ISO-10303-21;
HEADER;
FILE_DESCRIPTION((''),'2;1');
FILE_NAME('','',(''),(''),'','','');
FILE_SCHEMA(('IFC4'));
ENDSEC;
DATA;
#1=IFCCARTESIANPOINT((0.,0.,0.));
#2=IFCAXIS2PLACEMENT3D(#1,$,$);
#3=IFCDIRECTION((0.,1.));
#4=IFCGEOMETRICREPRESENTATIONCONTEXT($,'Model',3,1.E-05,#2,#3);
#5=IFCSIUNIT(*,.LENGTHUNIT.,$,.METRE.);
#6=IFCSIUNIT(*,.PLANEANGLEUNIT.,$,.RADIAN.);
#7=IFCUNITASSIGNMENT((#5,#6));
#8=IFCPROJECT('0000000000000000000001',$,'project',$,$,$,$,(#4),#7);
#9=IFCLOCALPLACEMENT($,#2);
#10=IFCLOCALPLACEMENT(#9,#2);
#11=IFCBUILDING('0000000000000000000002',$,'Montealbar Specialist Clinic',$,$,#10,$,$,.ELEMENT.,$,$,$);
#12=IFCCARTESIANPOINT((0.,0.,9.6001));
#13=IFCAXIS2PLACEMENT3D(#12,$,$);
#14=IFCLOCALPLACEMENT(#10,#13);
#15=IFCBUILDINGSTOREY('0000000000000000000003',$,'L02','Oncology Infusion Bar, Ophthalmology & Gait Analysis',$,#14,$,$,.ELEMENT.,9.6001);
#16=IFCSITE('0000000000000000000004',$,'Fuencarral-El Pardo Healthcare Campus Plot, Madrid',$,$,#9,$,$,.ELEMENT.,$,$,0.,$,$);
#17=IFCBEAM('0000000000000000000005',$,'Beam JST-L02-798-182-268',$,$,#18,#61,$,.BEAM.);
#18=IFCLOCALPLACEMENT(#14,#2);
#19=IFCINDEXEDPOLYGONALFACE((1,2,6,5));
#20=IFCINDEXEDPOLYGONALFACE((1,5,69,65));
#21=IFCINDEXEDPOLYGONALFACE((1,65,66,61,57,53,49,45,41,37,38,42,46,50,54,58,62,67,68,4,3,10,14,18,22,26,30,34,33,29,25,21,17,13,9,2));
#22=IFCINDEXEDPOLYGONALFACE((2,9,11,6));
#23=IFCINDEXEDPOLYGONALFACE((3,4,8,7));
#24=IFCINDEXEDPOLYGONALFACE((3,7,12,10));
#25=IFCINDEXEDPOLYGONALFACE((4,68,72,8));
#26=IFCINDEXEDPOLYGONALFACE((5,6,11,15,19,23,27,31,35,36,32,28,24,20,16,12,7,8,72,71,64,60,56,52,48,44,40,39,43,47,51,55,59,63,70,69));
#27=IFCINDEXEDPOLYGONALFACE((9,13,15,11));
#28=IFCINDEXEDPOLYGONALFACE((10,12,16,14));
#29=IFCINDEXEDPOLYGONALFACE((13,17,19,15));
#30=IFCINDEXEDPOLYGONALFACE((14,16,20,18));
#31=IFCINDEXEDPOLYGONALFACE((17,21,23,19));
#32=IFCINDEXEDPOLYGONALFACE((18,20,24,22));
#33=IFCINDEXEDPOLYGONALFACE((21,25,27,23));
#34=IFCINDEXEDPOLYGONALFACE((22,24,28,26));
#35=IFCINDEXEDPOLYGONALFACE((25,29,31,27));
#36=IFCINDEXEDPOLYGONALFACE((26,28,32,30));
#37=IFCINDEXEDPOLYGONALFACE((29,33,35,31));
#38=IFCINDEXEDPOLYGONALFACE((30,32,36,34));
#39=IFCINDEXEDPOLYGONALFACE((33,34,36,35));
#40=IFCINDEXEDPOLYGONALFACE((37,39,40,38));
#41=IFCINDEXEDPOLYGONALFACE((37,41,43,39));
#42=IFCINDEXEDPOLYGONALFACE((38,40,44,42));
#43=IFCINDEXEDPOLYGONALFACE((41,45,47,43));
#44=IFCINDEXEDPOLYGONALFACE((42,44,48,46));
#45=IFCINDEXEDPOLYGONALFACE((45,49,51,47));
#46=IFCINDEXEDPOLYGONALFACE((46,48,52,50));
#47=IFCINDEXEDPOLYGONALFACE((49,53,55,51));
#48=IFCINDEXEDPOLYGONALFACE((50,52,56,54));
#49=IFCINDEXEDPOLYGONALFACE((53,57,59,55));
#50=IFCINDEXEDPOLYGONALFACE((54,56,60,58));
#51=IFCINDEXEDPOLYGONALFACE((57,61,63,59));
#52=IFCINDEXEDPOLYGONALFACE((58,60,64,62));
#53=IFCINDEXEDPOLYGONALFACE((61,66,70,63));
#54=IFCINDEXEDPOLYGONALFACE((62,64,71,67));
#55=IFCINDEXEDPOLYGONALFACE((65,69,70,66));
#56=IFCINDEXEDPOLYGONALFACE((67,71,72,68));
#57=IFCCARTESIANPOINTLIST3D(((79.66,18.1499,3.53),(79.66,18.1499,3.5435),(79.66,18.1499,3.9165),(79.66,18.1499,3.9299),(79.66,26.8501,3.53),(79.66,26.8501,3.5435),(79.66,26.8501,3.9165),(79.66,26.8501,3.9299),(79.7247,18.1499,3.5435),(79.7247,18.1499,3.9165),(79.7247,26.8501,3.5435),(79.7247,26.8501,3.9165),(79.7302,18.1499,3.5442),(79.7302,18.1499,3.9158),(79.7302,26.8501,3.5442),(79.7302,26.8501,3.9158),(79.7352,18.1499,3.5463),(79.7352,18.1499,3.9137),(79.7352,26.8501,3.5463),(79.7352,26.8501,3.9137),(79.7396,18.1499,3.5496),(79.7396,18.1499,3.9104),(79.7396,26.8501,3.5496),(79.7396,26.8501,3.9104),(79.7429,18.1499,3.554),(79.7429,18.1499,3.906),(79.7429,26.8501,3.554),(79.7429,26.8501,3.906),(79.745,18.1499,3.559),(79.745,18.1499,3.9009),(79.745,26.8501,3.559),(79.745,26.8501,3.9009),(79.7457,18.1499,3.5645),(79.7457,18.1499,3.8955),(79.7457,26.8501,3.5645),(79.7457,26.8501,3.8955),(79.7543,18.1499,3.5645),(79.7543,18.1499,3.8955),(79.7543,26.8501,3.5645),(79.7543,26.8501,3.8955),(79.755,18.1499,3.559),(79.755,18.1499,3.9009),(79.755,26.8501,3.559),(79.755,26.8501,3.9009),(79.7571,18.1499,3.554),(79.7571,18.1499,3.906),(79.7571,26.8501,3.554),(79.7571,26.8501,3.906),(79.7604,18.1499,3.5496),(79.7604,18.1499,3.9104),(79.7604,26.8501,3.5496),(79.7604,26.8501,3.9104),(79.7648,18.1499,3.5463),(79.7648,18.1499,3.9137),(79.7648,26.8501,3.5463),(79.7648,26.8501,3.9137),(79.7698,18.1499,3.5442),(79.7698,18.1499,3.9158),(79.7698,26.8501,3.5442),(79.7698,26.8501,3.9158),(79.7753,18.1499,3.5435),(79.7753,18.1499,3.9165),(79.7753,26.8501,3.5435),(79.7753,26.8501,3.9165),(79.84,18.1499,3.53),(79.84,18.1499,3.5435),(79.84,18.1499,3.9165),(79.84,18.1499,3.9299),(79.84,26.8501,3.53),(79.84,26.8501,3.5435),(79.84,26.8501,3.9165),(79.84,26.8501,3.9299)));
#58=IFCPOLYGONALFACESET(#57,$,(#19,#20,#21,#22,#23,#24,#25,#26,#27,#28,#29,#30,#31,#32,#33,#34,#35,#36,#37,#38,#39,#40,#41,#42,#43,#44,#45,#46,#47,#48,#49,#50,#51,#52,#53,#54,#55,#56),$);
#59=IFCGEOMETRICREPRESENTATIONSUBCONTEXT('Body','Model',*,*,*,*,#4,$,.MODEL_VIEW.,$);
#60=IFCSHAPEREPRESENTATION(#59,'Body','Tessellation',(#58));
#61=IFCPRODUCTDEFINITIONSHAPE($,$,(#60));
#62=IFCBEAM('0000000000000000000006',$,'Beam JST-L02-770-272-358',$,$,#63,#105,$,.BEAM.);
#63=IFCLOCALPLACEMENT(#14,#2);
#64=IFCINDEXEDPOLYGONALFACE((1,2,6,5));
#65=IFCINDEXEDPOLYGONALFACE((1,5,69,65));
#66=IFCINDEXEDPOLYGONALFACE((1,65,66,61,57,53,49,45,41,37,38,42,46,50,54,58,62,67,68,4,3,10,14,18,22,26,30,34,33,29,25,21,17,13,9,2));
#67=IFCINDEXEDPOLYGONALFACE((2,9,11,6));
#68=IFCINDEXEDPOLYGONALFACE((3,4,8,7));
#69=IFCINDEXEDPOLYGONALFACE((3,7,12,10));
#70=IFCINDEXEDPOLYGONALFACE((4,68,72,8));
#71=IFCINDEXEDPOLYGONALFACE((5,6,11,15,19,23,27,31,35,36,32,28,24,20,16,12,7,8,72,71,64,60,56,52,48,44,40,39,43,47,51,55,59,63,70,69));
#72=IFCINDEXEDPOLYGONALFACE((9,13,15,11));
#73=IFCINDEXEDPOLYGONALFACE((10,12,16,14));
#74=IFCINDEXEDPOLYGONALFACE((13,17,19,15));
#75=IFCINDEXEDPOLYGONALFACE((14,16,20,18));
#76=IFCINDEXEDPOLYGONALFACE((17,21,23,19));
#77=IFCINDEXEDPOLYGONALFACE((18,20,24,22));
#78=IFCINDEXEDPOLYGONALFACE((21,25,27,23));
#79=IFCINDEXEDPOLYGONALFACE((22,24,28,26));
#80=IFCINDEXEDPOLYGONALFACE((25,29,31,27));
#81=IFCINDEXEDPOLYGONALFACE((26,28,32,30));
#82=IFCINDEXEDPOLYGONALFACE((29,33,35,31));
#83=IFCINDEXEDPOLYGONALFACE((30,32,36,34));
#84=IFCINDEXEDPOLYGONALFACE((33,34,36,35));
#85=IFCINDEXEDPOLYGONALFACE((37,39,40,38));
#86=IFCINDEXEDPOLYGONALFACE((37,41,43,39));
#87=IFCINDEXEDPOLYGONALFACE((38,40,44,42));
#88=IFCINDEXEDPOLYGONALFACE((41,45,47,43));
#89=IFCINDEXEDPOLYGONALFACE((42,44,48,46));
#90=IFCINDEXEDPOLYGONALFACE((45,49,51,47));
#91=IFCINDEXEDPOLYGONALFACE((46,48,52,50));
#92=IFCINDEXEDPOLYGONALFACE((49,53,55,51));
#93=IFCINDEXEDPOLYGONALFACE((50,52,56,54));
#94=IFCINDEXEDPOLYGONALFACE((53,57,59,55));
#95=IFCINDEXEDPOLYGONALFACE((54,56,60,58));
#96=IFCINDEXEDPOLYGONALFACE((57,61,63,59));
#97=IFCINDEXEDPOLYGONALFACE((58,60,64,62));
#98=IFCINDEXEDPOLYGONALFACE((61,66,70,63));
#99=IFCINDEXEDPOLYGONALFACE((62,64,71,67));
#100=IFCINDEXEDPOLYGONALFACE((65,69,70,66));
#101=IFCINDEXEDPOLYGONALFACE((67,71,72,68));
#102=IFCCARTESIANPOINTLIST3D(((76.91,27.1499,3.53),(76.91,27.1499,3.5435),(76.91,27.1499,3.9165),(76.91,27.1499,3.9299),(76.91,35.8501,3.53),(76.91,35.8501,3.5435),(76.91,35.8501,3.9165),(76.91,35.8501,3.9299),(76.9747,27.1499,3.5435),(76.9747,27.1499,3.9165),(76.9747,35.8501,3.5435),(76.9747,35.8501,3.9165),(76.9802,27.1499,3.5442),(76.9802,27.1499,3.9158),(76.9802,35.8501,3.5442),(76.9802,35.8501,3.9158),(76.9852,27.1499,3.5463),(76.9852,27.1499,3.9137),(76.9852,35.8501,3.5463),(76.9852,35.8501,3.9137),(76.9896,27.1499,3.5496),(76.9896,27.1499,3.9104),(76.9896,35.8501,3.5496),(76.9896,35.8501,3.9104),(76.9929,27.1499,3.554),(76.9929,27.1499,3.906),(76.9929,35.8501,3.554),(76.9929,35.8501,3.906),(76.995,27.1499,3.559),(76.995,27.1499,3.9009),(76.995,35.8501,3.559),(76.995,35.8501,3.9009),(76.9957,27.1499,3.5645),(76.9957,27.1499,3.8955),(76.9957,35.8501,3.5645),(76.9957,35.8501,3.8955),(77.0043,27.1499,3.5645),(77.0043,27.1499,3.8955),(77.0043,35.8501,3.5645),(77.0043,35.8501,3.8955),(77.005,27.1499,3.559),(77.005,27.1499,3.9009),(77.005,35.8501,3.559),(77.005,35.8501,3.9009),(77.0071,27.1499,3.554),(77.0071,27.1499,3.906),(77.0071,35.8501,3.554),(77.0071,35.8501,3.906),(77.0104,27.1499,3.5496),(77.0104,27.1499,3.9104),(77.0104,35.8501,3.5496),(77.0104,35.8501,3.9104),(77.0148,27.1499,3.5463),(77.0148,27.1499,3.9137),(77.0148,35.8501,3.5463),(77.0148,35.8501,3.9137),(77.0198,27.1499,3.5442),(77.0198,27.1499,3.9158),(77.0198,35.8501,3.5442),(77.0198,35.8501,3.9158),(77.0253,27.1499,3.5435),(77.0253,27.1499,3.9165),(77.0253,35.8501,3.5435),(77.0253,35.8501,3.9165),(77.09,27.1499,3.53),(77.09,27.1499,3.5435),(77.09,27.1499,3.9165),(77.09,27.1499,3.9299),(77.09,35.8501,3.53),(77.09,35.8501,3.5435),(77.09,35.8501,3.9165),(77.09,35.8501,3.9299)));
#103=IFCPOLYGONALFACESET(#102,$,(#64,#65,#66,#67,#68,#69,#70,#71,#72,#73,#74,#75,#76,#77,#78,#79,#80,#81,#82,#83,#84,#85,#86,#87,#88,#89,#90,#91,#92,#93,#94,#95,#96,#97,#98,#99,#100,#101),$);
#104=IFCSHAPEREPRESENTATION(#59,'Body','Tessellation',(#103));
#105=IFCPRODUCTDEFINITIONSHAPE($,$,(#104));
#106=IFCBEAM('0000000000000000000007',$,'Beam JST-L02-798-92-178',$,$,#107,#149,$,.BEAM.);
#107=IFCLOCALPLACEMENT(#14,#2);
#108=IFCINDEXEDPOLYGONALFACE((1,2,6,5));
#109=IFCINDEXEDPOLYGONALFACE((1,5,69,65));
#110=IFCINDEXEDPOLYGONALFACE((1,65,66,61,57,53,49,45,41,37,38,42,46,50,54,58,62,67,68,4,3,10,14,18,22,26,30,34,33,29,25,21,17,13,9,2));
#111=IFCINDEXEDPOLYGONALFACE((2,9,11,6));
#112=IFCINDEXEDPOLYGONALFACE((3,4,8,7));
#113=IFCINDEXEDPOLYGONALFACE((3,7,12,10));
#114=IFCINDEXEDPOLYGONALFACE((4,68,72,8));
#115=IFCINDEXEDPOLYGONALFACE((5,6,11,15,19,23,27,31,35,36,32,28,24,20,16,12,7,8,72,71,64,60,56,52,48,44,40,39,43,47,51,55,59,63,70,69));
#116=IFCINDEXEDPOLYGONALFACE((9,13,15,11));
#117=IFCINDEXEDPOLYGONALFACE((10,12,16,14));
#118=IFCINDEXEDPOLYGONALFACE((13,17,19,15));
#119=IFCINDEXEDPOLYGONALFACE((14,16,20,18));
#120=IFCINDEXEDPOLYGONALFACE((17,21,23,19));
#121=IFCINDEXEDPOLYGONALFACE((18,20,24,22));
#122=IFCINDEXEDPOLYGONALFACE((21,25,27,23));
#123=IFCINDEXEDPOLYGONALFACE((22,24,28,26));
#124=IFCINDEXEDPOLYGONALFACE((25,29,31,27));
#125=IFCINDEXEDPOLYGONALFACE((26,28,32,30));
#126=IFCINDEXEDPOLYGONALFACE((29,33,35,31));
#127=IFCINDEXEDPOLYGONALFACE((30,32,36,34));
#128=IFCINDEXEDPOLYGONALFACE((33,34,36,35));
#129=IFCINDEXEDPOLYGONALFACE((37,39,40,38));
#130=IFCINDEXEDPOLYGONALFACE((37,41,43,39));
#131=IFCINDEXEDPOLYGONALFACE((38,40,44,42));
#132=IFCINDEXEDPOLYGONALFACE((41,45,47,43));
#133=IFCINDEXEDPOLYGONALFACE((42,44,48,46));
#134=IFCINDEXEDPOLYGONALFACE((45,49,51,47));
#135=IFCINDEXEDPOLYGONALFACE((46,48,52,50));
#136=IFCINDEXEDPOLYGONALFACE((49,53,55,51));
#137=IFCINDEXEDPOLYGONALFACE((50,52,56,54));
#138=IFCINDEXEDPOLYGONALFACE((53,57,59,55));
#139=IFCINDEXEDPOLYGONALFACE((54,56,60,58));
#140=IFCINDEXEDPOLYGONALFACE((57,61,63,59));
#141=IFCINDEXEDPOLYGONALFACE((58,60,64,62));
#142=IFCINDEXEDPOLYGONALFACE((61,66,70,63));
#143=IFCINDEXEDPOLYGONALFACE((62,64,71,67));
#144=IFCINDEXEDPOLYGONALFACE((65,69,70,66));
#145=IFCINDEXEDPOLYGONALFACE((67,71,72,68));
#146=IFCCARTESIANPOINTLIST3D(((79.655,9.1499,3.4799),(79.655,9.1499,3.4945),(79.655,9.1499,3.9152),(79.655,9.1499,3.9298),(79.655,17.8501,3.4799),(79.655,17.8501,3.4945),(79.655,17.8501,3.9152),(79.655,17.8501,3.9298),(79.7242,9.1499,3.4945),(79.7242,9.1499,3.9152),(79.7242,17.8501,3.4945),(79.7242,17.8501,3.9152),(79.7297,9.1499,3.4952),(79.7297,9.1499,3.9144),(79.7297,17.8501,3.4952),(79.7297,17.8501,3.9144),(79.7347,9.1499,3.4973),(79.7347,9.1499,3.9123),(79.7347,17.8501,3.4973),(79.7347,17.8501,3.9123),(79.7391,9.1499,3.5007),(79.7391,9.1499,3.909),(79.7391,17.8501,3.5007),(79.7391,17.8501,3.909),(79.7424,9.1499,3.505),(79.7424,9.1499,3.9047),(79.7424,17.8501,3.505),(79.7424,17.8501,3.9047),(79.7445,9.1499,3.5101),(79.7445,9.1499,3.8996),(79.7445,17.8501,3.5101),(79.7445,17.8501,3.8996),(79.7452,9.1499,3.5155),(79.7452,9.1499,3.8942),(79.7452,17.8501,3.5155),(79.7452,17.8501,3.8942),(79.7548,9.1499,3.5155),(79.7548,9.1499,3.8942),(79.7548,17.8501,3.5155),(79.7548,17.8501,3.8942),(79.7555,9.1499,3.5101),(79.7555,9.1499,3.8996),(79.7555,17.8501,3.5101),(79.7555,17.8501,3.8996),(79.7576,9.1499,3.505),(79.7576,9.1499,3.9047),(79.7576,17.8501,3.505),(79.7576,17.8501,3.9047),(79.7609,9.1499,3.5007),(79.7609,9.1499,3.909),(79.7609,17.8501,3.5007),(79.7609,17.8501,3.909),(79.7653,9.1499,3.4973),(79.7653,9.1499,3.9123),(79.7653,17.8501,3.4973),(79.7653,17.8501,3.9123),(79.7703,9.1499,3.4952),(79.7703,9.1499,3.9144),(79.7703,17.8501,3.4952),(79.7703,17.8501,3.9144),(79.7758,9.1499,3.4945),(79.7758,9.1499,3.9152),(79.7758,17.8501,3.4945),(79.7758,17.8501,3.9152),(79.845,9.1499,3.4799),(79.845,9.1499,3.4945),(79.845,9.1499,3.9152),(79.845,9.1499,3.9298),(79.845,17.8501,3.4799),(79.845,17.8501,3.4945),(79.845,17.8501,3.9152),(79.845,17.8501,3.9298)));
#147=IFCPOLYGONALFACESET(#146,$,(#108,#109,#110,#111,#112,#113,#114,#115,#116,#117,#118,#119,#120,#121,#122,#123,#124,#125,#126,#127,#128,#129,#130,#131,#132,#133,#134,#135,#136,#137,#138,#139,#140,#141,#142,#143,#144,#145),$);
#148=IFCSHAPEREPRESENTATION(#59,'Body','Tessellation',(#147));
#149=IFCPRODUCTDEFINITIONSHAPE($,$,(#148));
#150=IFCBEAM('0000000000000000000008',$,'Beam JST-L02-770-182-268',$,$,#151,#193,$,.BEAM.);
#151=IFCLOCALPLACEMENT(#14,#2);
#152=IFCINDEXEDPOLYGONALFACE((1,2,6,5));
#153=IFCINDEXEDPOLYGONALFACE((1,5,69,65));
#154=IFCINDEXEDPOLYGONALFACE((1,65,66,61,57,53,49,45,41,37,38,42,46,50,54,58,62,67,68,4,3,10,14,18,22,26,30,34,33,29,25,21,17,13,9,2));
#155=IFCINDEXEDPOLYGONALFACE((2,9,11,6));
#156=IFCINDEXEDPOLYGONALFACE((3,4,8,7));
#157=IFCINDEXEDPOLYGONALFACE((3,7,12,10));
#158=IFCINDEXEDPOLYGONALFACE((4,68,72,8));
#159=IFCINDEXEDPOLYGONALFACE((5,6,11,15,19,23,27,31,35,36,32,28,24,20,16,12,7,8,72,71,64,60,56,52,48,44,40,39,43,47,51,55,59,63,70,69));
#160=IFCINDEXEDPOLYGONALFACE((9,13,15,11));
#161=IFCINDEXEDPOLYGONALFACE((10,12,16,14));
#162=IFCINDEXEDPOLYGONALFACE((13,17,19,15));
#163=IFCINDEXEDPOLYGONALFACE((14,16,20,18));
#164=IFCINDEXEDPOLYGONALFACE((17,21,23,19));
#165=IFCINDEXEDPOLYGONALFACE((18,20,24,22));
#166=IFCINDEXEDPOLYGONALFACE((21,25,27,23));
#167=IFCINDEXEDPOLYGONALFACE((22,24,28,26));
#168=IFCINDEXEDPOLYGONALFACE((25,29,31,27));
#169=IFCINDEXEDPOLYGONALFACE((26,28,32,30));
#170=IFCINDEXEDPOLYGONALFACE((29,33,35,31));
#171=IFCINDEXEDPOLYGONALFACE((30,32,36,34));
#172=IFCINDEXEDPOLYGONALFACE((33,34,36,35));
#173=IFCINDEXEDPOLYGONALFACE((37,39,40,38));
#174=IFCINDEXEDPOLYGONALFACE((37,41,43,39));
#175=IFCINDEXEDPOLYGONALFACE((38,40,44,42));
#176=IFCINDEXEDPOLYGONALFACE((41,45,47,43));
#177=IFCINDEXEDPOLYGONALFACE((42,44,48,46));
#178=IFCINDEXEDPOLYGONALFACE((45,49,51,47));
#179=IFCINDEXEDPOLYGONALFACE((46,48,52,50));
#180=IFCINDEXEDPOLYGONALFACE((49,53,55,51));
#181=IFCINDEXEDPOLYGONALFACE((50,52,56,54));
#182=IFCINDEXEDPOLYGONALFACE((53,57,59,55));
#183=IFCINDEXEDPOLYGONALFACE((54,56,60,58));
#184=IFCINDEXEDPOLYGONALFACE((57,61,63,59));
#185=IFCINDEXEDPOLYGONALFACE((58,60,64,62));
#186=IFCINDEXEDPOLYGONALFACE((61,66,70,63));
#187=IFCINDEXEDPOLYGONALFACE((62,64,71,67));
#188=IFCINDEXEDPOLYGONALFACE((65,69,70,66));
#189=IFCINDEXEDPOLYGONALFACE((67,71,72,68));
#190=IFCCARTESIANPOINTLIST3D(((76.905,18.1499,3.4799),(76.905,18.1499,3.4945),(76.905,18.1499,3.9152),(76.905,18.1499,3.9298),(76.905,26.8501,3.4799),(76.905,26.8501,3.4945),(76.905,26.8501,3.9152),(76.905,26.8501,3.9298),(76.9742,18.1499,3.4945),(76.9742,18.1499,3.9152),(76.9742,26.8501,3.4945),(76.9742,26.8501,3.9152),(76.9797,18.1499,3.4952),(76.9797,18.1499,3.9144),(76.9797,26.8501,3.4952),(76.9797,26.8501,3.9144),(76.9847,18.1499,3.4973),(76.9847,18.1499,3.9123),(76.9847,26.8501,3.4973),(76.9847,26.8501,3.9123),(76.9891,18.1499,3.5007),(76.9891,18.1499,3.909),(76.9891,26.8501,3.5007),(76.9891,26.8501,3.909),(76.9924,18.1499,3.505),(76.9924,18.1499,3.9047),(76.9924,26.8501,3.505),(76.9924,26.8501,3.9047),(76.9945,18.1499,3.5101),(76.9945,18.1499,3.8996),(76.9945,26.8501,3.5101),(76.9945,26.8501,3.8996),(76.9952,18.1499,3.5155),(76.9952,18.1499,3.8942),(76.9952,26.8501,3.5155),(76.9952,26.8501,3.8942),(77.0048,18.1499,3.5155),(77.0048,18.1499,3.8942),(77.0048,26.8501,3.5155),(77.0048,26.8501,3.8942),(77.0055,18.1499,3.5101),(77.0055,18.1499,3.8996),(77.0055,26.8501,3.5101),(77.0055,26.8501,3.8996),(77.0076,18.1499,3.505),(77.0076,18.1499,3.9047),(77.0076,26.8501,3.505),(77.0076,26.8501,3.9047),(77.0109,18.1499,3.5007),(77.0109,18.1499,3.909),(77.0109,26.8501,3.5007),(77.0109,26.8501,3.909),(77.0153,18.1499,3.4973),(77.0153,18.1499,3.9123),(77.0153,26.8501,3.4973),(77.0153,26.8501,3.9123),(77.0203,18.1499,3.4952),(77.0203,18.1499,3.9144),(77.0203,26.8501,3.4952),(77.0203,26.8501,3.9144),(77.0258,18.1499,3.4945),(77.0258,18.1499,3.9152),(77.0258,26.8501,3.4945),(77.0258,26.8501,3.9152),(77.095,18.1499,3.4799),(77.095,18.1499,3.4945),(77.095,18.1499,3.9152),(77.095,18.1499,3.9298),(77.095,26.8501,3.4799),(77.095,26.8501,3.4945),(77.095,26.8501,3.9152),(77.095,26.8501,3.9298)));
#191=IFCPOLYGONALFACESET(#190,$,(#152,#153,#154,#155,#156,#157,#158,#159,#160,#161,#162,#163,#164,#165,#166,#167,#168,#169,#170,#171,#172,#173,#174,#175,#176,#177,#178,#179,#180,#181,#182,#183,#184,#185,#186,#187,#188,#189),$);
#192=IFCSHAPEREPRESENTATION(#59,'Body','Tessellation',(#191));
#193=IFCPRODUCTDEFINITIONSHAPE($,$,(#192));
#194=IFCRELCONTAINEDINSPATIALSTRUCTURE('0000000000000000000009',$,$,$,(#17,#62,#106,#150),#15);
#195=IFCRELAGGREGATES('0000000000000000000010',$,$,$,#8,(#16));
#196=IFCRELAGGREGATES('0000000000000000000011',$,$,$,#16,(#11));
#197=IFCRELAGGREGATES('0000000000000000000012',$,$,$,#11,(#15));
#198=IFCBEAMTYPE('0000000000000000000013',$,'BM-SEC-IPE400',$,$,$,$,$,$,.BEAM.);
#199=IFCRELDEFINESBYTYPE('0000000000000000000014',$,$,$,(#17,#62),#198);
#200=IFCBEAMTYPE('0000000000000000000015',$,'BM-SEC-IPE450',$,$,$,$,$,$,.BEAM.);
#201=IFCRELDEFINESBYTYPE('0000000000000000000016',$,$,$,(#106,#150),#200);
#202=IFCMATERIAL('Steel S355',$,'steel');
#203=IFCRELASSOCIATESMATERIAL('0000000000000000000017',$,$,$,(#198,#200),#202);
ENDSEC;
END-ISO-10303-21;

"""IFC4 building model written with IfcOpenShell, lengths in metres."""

from ifc_helpers import new_model, si_unit, direction, frame, origin, origin_2d, place, context, subcontext, project, spatial, i_section, extrude, material, material_profile, profile_set, type_object, element, save


model = new_model("IFC4")

# Units and contexts
model_context = context("Model", 3, precision=1e-05, world=origin(), true_north=direction((0.0, 1.0)))
body_context = subcontext(model_context, "Body", "Model", "MODEL_VIEW")
ifc_project = project(units=[si_unit("LENGTHUNIT", "METRE"), si_unit("PLANEANGLEUNIT", "RADIAN")], contexts=[model_context])

# Site, building, storey
site_placement = place(None, origin())
site = spatial("IfcSite", under=ifc_project, at=site_placement, Name="Fuencarral-El Pardo Healthcare Campus Plot, Madrid", CompositionType="ELEMENT", RefElevation=0.0)
building_placement = place(site_placement, origin())
building = spatial("IfcBuilding", under=site, at=building_placement, Name="Montealbar Specialist Clinic", CompositionType="ELEMENT")
storey_placement = place(building_placement, frame((0.0, 0.0, 9.6001)))
storey = spatial("IfcBuildingStorey", under=building, at=storey_placement, Name="L02", Description="Oncology Infusion Bar, Ophthalmology & Gait Analysis", CompositionType="ELEMENT", Elevation=9.6001)

# Shared definitions
ifc_material_1 = material(Name="Steel S355", Category="steel")

# Beams
ifc_material_profile_1 = material_profile(ifc_material_1, i_section(OverallWidth=0.1799, OverallDepth=0.3999, WebThickness=0.0085, FlangeThickness=0.0134, FilletRadius=0.021, at=origin_2d()), Name="IPE 400", Category="steel")
ifc_profile_set_1 = profile_set([ifc_material_profile_1], Name="Steel S355")
beam_type_1 = type_object("IfcBeamType", Name="BM-SEC-IPE400", PredefinedType="BEAM", material=ifc_profile_set_1)
for number, where, z_axis, x_axis, name in (
    (1, (79.75, 18.1499, 3.73), (0.0, 1.0, 0.0), (-1.0, 0.0, 0.0), "Beam JST-L02-798-182-268"),
    (2, (77.0, 27.1499, 3.73), (0.0, 1.0, 0.0), (-1.0, 0.0, 0.0), "Beam JST-L02-770-272-358"),
):
    element("IfcBeam", number, at=place(storey_placement, frame(where, z_axis=z_axis, x_axis=x_axis)), inside=storey, type_object=beam_type_1, Name=name, PredefinedType="BEAM", context=body_context, shape_type="SweptSolid", body=[
        extrude(i_section(OverallWidth=0.1799, OverallDepth=0.3999, WebThickness=0.0085, FlangeThickness=0.0134, FilletRadius=0.021, at=origin_2d()), origin(), (0.0, 0.0, 1.0), 8.7002),
    ])
ifc_material_profile_2 = material_profile(ifc_material_1, i_section(OverallWidth=0.1899, OverallDepth=0.45, WebThickness=0.0095, FlangeThickness=0.0146, FilletRadius=0.021, at=origin_2d()), Name="IPE 450", Category="steel")
ifc_profile_set_2 = profile_set([ifc_material_profile_2], Name="Steel S355")
beam_type_2 = type_object("IfcBeamType", Name="BM-SEC-IPE450", PredefinedType="BEAM", material=ifc_profile_set_2)
for number, where, z_axis, x_axis, name in (
    (3, (79.75, 9.1499, 3.7048), (0.0, 1.0, 0.0), (-1.0, 0.0, 0.0), "Beam JST-L02-798-92-178"),
    (4, (77.0, 18.1499, 3.7048), (0.0, 1.0, 0.0), (-1.0, 0.0, 0.0), "Beam JST-L02-770-182-268"),
):
    element("IfcBeam", number, at=place(storey_placement, frame(where, z_axis=z_axis, x_axis=x_axis)), inside=storey, type_object=beam_type_2, Name=name, PredefinedType="BEAM", context=body_context, shape_type="SweptSolid", body=[
        extrude(i_section(OverallWidth=0.1899, OverallDepth=0.45, WebThickness=0.0095, FlangeThickness=0.0146, FilletRadius=0.021, at=origin_2d()), origin(), (0.0, 0.0, 1.0), 8.7002),
    ])

save(model, "model.ifc")
